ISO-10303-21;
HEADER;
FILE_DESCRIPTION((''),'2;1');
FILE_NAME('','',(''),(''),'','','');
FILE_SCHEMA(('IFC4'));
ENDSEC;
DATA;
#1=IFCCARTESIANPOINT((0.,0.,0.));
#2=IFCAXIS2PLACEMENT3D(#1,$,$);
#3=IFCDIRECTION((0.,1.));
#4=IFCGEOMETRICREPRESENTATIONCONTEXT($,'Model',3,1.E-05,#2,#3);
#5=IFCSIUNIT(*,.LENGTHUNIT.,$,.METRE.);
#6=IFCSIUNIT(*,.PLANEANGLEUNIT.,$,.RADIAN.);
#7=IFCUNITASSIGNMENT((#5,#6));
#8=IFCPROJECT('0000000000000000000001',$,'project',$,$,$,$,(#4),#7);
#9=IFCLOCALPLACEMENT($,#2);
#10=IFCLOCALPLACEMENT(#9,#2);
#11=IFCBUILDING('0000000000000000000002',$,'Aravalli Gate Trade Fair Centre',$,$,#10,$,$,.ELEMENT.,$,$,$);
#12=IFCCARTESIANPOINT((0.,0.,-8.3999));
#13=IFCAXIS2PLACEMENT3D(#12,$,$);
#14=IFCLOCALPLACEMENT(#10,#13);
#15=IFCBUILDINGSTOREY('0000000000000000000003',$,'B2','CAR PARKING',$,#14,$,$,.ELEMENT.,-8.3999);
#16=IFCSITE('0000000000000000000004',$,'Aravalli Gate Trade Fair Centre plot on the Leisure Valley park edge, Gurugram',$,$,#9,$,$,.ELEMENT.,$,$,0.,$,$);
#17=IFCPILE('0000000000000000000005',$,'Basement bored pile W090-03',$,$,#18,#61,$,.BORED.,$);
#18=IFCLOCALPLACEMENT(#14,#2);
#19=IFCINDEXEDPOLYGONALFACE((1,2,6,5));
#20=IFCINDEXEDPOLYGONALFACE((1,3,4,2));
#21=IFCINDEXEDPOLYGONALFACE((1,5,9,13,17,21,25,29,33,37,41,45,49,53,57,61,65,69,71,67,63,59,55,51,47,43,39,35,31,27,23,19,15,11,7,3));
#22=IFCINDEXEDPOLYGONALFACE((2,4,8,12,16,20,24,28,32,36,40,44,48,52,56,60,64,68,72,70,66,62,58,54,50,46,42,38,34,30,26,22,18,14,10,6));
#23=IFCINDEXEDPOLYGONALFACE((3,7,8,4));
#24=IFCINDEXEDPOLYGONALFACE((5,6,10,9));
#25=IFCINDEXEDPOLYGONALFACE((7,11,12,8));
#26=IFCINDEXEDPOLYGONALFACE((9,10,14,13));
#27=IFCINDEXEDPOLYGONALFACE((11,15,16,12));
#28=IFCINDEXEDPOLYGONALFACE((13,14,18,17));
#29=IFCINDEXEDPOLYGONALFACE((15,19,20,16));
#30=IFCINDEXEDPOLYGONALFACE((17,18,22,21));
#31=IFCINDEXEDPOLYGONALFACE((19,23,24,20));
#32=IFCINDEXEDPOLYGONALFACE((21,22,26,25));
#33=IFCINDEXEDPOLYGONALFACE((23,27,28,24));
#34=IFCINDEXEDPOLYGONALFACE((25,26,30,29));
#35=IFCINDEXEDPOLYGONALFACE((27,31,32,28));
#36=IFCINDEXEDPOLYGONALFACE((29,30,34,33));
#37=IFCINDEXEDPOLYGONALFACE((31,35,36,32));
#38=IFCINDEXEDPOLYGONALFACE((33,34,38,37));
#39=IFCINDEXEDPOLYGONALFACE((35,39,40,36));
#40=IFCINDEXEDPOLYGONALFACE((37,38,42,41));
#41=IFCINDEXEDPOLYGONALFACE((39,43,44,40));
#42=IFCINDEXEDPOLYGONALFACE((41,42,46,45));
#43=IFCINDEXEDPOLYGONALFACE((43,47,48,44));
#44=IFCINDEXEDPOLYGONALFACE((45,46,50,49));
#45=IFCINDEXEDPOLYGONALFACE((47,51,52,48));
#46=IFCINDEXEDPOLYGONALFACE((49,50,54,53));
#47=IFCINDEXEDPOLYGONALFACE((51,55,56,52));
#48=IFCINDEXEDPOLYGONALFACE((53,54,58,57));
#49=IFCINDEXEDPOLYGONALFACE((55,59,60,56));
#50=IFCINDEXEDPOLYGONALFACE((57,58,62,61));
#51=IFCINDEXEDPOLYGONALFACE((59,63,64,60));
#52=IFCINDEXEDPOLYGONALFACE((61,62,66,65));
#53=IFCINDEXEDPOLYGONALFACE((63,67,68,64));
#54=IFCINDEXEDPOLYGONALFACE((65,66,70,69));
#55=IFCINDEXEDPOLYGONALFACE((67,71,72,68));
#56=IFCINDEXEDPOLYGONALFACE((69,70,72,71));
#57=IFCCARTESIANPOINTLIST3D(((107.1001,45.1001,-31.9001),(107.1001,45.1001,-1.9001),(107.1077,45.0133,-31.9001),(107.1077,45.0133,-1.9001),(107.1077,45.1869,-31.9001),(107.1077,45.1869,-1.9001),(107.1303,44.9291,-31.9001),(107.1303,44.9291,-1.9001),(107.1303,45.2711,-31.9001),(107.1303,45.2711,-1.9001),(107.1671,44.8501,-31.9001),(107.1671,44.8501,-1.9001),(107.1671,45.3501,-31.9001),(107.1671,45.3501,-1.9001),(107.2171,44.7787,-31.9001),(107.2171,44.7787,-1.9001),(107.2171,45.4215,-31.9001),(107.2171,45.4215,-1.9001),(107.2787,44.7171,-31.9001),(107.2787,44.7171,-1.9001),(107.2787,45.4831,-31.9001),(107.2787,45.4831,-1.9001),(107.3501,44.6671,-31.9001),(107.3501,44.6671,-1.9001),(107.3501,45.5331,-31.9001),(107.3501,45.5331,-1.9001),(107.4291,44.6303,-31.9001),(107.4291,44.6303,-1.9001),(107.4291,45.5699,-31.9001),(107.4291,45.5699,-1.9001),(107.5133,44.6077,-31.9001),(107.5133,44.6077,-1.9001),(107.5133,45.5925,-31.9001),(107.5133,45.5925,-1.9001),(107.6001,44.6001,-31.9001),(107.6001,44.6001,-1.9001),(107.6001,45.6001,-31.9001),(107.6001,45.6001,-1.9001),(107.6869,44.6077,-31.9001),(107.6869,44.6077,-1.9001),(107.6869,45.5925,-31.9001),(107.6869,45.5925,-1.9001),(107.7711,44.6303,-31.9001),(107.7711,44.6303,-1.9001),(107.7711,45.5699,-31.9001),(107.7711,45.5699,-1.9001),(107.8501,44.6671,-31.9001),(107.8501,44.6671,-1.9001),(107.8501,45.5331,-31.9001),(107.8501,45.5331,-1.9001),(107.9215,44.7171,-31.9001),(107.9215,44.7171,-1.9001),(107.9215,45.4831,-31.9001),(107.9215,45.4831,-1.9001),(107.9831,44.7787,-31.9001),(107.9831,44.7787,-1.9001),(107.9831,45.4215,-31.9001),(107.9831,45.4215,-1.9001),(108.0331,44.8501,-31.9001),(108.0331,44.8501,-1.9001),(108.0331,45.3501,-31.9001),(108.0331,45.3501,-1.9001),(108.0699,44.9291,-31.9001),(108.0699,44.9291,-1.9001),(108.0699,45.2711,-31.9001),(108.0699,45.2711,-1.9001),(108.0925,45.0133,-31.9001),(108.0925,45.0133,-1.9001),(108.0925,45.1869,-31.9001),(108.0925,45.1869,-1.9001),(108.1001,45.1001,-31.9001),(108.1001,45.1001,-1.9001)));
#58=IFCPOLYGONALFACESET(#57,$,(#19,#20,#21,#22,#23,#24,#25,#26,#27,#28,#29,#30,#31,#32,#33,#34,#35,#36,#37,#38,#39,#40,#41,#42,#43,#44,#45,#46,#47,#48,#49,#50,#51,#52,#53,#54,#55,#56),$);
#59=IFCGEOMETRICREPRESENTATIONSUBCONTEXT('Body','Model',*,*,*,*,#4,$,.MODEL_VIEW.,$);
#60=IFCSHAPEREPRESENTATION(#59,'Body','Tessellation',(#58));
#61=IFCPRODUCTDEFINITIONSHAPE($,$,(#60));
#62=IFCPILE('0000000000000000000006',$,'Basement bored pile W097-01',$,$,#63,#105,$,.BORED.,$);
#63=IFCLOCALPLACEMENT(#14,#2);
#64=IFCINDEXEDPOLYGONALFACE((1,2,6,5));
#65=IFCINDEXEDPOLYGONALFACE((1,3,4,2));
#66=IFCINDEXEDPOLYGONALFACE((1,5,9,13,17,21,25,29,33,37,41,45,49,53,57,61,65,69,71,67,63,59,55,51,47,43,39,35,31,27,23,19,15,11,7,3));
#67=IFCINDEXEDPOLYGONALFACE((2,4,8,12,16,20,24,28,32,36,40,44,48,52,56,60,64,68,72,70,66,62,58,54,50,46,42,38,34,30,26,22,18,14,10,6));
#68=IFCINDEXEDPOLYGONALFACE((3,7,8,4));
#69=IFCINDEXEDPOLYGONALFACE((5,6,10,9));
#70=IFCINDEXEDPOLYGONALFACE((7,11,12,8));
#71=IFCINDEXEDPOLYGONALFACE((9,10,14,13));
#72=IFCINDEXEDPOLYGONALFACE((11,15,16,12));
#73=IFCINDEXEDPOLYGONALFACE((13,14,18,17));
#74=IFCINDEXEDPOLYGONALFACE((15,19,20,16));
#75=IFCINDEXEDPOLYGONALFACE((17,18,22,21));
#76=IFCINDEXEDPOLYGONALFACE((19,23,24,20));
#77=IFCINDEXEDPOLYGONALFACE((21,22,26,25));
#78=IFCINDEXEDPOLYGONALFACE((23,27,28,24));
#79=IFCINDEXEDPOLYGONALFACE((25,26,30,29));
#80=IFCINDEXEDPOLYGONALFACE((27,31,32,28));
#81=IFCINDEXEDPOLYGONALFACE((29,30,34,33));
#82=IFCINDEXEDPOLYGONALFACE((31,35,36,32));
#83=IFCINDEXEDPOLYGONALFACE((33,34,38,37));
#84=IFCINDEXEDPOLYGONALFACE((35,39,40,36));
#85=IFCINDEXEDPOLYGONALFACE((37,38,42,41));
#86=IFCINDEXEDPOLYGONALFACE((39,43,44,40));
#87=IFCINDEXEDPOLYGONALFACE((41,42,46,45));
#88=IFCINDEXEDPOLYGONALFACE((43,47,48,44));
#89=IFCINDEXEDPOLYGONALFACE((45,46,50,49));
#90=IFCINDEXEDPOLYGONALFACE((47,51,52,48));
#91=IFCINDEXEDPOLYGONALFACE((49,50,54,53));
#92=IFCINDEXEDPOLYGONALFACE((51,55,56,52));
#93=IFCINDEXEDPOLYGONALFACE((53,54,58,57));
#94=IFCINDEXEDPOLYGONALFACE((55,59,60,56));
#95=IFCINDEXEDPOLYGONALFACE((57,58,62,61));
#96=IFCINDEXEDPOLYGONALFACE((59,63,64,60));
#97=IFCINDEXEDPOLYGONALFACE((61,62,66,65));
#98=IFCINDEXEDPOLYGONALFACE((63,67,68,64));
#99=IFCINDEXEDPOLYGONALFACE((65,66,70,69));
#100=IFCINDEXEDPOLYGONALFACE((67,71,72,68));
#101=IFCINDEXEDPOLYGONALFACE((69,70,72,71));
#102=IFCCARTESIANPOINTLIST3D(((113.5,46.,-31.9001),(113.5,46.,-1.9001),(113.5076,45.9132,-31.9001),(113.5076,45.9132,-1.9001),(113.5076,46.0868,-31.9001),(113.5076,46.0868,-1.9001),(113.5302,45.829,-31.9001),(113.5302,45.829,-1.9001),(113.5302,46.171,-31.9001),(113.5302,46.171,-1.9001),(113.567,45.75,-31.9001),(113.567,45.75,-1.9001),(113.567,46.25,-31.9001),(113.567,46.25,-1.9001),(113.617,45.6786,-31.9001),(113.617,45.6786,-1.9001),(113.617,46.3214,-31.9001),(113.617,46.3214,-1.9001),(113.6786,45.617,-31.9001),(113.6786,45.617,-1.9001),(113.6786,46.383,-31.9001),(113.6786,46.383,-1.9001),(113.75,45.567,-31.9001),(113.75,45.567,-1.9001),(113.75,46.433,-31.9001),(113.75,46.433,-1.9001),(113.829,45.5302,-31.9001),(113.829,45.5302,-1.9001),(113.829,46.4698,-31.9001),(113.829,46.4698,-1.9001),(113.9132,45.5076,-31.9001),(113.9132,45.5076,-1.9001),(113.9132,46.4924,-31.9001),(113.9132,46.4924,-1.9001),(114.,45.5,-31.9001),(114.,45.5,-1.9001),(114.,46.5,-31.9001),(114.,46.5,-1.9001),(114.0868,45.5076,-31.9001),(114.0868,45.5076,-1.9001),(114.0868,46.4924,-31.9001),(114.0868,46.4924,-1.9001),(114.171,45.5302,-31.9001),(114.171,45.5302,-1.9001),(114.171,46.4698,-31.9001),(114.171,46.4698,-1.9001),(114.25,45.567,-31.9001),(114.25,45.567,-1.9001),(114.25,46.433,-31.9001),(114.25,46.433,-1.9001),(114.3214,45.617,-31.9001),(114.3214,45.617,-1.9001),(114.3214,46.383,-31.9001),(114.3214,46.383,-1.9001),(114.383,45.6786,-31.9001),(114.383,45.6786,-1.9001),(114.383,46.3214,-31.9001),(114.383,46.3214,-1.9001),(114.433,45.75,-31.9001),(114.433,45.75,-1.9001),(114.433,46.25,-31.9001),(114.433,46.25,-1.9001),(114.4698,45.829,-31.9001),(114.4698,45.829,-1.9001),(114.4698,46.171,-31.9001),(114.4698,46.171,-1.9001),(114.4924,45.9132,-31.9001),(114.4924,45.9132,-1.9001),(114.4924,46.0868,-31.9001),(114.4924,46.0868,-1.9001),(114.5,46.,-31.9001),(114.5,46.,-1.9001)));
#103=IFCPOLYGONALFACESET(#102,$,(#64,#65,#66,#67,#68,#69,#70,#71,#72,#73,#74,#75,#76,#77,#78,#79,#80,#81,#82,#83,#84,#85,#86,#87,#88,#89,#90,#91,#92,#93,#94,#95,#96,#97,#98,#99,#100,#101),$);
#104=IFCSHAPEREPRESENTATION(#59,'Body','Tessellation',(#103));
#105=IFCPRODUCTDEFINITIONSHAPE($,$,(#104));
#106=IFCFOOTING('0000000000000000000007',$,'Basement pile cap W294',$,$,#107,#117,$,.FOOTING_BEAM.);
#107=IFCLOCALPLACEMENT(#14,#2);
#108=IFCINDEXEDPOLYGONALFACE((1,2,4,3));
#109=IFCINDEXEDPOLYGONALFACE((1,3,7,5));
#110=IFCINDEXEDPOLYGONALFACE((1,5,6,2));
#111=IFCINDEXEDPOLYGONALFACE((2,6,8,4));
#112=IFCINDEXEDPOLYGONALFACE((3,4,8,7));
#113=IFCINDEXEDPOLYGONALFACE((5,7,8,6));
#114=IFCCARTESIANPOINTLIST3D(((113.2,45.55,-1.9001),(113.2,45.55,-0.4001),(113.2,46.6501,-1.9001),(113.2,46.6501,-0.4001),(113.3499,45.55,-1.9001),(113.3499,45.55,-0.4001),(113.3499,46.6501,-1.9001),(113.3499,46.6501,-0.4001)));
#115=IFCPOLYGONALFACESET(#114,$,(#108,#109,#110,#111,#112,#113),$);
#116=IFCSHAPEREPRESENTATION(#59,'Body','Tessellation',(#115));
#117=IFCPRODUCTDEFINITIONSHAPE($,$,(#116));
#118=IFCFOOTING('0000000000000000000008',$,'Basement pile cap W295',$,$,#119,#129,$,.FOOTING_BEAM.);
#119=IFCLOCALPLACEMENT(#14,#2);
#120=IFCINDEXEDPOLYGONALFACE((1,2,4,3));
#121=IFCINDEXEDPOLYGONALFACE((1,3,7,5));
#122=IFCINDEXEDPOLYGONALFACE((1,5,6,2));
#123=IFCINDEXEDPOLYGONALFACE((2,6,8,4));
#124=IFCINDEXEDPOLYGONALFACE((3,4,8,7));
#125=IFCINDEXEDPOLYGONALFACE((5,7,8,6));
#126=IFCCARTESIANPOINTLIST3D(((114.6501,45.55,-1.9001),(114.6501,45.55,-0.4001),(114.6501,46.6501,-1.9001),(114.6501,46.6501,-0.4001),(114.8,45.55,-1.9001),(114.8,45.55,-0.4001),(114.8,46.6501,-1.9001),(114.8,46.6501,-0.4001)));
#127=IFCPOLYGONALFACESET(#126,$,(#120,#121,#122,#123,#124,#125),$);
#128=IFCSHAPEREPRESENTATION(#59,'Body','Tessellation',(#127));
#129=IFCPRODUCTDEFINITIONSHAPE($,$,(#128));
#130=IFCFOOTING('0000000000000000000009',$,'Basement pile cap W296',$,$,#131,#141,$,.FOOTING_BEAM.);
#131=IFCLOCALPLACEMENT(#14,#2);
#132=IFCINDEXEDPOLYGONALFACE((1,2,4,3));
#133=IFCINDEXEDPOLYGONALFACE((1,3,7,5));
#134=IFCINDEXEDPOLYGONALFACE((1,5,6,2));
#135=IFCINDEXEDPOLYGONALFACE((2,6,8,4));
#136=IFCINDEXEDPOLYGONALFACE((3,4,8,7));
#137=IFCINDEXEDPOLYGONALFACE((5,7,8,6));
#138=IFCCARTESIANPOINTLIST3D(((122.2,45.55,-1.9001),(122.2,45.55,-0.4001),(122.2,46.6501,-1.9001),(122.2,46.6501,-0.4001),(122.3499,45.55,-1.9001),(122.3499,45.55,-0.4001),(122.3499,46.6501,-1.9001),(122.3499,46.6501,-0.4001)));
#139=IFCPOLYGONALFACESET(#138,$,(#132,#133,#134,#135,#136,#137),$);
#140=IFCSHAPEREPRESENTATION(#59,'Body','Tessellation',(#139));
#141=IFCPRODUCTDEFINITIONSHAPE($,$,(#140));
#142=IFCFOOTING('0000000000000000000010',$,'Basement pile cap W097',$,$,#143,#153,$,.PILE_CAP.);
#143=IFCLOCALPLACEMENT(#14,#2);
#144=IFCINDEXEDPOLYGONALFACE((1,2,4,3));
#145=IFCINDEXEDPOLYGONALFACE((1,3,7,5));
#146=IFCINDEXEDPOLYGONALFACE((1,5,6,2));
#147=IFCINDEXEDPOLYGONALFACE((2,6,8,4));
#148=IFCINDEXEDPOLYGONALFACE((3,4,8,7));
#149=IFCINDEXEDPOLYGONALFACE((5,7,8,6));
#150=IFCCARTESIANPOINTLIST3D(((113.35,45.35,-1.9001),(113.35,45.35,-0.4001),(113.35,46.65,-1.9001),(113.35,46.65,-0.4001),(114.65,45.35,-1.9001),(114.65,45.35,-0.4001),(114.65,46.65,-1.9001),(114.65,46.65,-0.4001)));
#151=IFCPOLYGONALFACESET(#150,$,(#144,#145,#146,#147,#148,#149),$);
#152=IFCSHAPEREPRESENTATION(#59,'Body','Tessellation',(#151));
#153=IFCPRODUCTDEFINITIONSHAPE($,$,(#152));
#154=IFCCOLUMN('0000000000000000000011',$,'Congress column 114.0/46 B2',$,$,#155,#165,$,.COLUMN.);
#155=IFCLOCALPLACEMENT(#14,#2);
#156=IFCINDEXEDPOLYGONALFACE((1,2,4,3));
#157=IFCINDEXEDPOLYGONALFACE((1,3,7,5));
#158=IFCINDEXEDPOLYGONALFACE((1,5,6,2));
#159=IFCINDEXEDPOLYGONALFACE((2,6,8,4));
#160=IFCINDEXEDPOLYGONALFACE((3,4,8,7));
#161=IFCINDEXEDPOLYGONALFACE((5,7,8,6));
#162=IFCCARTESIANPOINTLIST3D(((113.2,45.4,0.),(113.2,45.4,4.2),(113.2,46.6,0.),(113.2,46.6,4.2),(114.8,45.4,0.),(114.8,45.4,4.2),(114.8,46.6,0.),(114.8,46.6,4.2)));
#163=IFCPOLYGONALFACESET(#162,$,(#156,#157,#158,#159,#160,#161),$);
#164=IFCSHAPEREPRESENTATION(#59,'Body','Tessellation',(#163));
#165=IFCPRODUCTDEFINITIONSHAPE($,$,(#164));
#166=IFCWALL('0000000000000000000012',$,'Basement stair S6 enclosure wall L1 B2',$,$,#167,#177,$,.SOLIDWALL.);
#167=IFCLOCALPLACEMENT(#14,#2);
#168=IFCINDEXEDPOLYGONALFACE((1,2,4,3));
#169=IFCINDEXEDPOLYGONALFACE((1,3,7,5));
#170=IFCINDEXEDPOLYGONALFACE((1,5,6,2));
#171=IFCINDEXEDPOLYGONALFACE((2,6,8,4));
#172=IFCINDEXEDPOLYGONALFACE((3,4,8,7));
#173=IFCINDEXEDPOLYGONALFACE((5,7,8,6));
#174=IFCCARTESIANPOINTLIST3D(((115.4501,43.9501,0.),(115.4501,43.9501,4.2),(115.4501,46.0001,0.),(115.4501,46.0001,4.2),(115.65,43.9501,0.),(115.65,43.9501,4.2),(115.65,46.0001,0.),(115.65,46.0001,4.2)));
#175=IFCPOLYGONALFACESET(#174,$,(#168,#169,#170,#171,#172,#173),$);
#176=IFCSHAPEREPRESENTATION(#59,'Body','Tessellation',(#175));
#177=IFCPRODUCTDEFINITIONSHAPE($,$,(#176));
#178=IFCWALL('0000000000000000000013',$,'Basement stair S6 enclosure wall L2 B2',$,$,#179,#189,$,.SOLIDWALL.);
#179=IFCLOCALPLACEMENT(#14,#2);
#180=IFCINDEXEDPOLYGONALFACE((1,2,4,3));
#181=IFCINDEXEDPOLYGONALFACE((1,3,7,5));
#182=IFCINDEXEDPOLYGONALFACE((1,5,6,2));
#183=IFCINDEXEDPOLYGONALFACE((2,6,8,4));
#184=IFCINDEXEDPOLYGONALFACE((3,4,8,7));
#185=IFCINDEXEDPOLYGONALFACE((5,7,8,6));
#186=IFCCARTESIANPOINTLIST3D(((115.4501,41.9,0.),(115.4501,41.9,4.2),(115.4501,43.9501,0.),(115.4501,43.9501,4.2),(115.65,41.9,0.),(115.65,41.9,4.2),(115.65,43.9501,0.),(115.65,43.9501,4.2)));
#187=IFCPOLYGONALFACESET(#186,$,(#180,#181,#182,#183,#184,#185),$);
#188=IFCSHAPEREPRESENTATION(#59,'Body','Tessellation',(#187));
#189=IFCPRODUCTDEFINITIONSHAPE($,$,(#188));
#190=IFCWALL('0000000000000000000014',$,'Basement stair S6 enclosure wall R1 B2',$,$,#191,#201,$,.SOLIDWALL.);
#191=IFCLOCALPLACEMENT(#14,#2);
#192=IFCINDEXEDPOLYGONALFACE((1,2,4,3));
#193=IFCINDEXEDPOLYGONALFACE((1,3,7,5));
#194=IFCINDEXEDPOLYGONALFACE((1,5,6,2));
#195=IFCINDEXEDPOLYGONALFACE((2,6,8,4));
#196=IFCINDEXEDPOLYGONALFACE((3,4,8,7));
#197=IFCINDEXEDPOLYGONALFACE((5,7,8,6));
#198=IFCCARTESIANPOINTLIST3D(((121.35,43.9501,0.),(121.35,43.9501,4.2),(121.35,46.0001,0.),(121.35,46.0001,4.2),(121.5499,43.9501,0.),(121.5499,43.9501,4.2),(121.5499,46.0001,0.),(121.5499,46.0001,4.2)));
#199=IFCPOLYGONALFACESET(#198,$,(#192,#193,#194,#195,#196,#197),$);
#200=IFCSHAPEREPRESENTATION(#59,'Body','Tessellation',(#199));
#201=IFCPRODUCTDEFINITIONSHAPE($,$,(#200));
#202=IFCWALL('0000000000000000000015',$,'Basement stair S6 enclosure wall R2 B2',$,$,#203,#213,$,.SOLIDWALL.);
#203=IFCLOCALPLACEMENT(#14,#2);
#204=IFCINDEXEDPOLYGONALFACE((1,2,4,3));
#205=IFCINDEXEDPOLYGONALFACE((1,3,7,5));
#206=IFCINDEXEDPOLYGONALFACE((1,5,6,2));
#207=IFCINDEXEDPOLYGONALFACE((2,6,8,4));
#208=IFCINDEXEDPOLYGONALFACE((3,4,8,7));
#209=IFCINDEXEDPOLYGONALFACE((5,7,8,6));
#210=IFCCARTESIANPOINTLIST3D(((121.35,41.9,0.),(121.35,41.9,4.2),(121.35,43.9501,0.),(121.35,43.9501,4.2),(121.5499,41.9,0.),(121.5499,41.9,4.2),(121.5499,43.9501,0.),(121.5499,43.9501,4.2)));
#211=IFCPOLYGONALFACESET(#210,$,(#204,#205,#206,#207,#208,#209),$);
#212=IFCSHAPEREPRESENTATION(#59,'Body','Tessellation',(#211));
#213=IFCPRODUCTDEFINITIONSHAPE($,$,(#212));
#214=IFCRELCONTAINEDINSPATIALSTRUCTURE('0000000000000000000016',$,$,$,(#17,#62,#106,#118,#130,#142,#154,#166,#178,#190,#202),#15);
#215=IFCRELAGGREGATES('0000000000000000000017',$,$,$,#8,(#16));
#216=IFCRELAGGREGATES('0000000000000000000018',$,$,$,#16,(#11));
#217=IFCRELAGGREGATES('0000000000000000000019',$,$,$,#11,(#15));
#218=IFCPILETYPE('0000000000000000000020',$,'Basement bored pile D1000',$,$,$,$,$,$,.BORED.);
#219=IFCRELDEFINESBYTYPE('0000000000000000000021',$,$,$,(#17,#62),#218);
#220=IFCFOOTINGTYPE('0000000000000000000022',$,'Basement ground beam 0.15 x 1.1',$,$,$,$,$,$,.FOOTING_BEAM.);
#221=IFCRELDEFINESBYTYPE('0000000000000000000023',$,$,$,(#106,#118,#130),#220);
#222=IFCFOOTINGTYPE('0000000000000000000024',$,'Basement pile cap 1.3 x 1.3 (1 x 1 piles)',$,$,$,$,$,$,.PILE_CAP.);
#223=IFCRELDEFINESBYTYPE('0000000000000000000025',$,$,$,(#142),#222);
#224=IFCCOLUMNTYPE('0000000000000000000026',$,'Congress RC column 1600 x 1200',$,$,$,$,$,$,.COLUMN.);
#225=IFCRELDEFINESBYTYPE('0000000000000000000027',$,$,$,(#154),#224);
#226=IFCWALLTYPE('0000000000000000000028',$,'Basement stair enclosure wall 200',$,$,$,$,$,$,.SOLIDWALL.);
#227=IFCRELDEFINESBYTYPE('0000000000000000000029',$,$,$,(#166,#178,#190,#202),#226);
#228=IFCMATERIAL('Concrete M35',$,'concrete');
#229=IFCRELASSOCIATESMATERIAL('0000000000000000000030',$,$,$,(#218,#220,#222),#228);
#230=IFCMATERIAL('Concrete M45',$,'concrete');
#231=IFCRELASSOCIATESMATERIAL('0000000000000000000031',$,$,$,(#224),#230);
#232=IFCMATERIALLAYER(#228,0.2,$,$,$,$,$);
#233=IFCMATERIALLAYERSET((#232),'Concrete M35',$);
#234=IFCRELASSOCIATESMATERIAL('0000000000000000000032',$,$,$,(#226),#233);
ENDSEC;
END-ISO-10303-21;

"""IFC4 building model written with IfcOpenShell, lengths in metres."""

from ifc_helpers import new_model, si_unit, direction, frame, frame_2d, origin, origin_2d, place, context, subcontext, project, spatial, rectangle, circle, extrude, material, layer, layer_set, material_profile, profile_set, type_object, element, save


model = new_model("IFC4")

# Units and contexts
model_context = context("Model", 3, precision=1e-05, world=origin(), true_north=direction((0.0, 1.0)))
body_context = subcontext(model_context, "Body", "Model", "MODEL_VIEW")
ifc_project = project(units=[si_unit("LENGTHUNIT", "METRE"), si_unit("PLANEANGLEUNIT", "RADIAN")], contexts=[model_context])

# Site, building, storey
site_placement = place(None, origin())
site = spatial("IfcSite", under=ifc_project, at=site_placement, Name="Aravalli Gate Trade Fair Centre plot on the Leisure Valley park edge, Gurugram", CompositionType="ELEMENT", RefElevation=0.0)
building_placement = place(site_placement, origin())
building = spatial("IfcBuilding", under=site, at=building_placement, Name="Aravalli Gate Trade Fair Centre", CompositionType="ELEMENT")
storey_placement = place(building_placement, frame((0.0, 0.0, -8.3999)))
storey = spatial("IfcBuildingStorey", under=building, at=storey_placement, Name="B2", Description="CAR PARKING", CompositionType="ELEMENT", Elevation=-8.3999)

# Piles
ifc_material_1 = material(Name="Concrete M35", Category="concrete")
ifc_material_profile_1 = material_profile(ifc_material_1, circle(Radius=0.5, at=origin_2d()), Name="D1000")
ifc_profile_set_1 = profile_set([ifc_material_profile_1], Name="Concrete M35")
pile_type = type_object("IfcPileType", Name="Basement bored pile D1000", PredefinedType="BORED", material=ifc_profile_set_1)
for number, where, z_axis, x_axis, name in (
    (1, (107.6001, 45.1001, -1.9001), (0.0, 0.0, -1.0), (1.0, 0.0, 0.0), "Basement bored pile W090-03"),
    (2, (114.0, 46.0, -1.9001), (0.0, 0.0, -1.0), (1.0, 0.0, 0.0), "Basement bored pile W097-01"),
):
    element("IfcPile", number, at=place(storey_placement, frame(where, z_axis=z_axis, x_axis=x_axis)), inside=storey, type_object=pile_type, Name=name, PredefinedType="BORED", context=body_context, shape_type="SweptSolid", body=[
        extrude(circle(Radius=0.5, at=origin_2d()), origin(), (0.0, 0.0, 1.0), 30.0),
    ])

# Footings
footing_type_1 = type_object("IfcFootingType", Name="Basement ground beam 0.15 x 1.1", PredefinedType="FOOTING_BEAM", material=ifc_material_1)
for number, where, z_axis, x_axis, name in (
    (3, (113.2749, 46.1001, -1.9001), (0.0, 0.0, 1.0), (1.0, 0.0, 0.0), "Basement pile cap W294"),
    (4, (114.7251, 46.1001, -1.9001), (0.0, 0.0, 1.0), (1.0, 0.0, 0.0), "Basement pile cap W295"),
    (5, (122.2749, 46.1001, -1.9001), (0.0, 0.0, 1.0), (1.0, 0.0, 0.0), "Basement pile cap W296"),
):
    element("IfcFooting", number, at=place(storey_placement, frame(where, z_axis=z_axis, x_axis=x_axis)), inside=storey, type_object=footing_type_1, Name=name, PredefinedType="FOOTING_BEAM", context=body_context, shape_type="SweptSolid", body=[
        extrude(rectangle(XDim=0.1499, YDim=1.1001, at=origin_2d()), origin(), (0.0, 0.0, 1.0), 1.5),
    ])
footing_type_2 = type_object("IfcFootingType", Name="Basement pile cap 1.3 x 1.3 (1 x 1 piles)", PredefinedType="PILE_CAP", material=ifc_material_1)
footing_placement = place(storey_placement, frame((114.0, 46.0, -1.9001), z_axis=(0.0, 0.0, 1.0), x_axis=(1.0, 0.0, 0.0)))
element("IfcFooting", 6, at=footing_placement, inside=storey, type_object=footing_type_2, Name="Basement pile cap W097", PredefinedType="PILE_CAP", context=body_context, shape_type="SweptSolid", body=[
    extrude(rectangle(XDim=1.3, YDim=1.3, at=origin_2d()), origin(), (0.0, 0.0, 1.0), 1.5),
])

# Column
ifc_material_2 = material(Name="Concrete M45", Category="concrete")
ifc_material_profile_2 = material_profile(ifc_material_2, rectangle(XDim=1.6001, YDim=1.2, at=origin_2d()), Name="RC 1600x1200")
ifc_profile_set_2 = profile_set([ifc_material_profile_2], Name="Concrete M45")
column_type = type_object("IfcColumnType", Name="Congress RC column 1600 x 1200", PredefinedType="COLUMN", material=ifc_profile_set_2)
column_placement = place(storey_placement, frame((114.0, 46.0, 0.0), z_axis=(0.0, 0.0, 1.0), x_axis=(1.0, 0.0, 0.0)))
element("IfcColumn", 7, at=column_placement, inside=storey, type_object=column_type, Name="Congress column 114.0/46 B2", PredefinedType="COLUMN", context=body_context, shape_type="SweptSolid", body=[
    extrude(rectangle(XDim=1.6001, YDim=1.2, at=origin_2d()), origin(), (0.0, 0.0, 1.0), 4.2),
])

# Walls
ifc_layer = layer(ifc_material_1, 0.2)
ifc_layer_set = layer_set([ifc_layer], Name="Concrete M35")
wall_type = type_object("IfcWallType", Name="Basement stair enclosure wall 200", PredefinedType="SOLIDWALL", material=ifc_layer_set)
for number, where, z_axis, x_axis, name in (
    (8, (115.55, 46.0, 0.0), (0.0, 0.0, 1.0), (0.0, -1.0, 0.0), "Basement stair S6 enclosure wall L1 B2"),
    (9, (115.55, 43.95, 0.0), (0.0, 0.0, 1.0), (0.0, -1.0, 0.0), "Basement stair S6 enclosure wall L2 B2"),
    (10, (121.45, 46.0, 0.0), (0.0, 0.0, 1.0), (0.0, -1.0, 0.0), "Basement stair S6 enclosure wall R1 B2"),
    (11, (121.45, 43.95, 0.0), (0.0, 0.0, 1.0), (0.0, -1.0, 0.0), "Basement stair S6 enclosure wall R2 B2"),
):
    element("IfcWall", number, at=place(storey_placement, frame(where, z_axis=z_axis, x_axis=x_axis)), inside=storey, type_object=wall_type, Name=name, PredefinedType="SOLIDWALL", context=body_context, shape_type="SweptSolid", body=[
        extrude(rectangle(XDim=2.05, YDim=0.2, at=frame_2d((1.0249, 0.0))), origin(), (0.0, 0.0, 1.0), 4.2),
    ])

save(model, "model.ifc")
